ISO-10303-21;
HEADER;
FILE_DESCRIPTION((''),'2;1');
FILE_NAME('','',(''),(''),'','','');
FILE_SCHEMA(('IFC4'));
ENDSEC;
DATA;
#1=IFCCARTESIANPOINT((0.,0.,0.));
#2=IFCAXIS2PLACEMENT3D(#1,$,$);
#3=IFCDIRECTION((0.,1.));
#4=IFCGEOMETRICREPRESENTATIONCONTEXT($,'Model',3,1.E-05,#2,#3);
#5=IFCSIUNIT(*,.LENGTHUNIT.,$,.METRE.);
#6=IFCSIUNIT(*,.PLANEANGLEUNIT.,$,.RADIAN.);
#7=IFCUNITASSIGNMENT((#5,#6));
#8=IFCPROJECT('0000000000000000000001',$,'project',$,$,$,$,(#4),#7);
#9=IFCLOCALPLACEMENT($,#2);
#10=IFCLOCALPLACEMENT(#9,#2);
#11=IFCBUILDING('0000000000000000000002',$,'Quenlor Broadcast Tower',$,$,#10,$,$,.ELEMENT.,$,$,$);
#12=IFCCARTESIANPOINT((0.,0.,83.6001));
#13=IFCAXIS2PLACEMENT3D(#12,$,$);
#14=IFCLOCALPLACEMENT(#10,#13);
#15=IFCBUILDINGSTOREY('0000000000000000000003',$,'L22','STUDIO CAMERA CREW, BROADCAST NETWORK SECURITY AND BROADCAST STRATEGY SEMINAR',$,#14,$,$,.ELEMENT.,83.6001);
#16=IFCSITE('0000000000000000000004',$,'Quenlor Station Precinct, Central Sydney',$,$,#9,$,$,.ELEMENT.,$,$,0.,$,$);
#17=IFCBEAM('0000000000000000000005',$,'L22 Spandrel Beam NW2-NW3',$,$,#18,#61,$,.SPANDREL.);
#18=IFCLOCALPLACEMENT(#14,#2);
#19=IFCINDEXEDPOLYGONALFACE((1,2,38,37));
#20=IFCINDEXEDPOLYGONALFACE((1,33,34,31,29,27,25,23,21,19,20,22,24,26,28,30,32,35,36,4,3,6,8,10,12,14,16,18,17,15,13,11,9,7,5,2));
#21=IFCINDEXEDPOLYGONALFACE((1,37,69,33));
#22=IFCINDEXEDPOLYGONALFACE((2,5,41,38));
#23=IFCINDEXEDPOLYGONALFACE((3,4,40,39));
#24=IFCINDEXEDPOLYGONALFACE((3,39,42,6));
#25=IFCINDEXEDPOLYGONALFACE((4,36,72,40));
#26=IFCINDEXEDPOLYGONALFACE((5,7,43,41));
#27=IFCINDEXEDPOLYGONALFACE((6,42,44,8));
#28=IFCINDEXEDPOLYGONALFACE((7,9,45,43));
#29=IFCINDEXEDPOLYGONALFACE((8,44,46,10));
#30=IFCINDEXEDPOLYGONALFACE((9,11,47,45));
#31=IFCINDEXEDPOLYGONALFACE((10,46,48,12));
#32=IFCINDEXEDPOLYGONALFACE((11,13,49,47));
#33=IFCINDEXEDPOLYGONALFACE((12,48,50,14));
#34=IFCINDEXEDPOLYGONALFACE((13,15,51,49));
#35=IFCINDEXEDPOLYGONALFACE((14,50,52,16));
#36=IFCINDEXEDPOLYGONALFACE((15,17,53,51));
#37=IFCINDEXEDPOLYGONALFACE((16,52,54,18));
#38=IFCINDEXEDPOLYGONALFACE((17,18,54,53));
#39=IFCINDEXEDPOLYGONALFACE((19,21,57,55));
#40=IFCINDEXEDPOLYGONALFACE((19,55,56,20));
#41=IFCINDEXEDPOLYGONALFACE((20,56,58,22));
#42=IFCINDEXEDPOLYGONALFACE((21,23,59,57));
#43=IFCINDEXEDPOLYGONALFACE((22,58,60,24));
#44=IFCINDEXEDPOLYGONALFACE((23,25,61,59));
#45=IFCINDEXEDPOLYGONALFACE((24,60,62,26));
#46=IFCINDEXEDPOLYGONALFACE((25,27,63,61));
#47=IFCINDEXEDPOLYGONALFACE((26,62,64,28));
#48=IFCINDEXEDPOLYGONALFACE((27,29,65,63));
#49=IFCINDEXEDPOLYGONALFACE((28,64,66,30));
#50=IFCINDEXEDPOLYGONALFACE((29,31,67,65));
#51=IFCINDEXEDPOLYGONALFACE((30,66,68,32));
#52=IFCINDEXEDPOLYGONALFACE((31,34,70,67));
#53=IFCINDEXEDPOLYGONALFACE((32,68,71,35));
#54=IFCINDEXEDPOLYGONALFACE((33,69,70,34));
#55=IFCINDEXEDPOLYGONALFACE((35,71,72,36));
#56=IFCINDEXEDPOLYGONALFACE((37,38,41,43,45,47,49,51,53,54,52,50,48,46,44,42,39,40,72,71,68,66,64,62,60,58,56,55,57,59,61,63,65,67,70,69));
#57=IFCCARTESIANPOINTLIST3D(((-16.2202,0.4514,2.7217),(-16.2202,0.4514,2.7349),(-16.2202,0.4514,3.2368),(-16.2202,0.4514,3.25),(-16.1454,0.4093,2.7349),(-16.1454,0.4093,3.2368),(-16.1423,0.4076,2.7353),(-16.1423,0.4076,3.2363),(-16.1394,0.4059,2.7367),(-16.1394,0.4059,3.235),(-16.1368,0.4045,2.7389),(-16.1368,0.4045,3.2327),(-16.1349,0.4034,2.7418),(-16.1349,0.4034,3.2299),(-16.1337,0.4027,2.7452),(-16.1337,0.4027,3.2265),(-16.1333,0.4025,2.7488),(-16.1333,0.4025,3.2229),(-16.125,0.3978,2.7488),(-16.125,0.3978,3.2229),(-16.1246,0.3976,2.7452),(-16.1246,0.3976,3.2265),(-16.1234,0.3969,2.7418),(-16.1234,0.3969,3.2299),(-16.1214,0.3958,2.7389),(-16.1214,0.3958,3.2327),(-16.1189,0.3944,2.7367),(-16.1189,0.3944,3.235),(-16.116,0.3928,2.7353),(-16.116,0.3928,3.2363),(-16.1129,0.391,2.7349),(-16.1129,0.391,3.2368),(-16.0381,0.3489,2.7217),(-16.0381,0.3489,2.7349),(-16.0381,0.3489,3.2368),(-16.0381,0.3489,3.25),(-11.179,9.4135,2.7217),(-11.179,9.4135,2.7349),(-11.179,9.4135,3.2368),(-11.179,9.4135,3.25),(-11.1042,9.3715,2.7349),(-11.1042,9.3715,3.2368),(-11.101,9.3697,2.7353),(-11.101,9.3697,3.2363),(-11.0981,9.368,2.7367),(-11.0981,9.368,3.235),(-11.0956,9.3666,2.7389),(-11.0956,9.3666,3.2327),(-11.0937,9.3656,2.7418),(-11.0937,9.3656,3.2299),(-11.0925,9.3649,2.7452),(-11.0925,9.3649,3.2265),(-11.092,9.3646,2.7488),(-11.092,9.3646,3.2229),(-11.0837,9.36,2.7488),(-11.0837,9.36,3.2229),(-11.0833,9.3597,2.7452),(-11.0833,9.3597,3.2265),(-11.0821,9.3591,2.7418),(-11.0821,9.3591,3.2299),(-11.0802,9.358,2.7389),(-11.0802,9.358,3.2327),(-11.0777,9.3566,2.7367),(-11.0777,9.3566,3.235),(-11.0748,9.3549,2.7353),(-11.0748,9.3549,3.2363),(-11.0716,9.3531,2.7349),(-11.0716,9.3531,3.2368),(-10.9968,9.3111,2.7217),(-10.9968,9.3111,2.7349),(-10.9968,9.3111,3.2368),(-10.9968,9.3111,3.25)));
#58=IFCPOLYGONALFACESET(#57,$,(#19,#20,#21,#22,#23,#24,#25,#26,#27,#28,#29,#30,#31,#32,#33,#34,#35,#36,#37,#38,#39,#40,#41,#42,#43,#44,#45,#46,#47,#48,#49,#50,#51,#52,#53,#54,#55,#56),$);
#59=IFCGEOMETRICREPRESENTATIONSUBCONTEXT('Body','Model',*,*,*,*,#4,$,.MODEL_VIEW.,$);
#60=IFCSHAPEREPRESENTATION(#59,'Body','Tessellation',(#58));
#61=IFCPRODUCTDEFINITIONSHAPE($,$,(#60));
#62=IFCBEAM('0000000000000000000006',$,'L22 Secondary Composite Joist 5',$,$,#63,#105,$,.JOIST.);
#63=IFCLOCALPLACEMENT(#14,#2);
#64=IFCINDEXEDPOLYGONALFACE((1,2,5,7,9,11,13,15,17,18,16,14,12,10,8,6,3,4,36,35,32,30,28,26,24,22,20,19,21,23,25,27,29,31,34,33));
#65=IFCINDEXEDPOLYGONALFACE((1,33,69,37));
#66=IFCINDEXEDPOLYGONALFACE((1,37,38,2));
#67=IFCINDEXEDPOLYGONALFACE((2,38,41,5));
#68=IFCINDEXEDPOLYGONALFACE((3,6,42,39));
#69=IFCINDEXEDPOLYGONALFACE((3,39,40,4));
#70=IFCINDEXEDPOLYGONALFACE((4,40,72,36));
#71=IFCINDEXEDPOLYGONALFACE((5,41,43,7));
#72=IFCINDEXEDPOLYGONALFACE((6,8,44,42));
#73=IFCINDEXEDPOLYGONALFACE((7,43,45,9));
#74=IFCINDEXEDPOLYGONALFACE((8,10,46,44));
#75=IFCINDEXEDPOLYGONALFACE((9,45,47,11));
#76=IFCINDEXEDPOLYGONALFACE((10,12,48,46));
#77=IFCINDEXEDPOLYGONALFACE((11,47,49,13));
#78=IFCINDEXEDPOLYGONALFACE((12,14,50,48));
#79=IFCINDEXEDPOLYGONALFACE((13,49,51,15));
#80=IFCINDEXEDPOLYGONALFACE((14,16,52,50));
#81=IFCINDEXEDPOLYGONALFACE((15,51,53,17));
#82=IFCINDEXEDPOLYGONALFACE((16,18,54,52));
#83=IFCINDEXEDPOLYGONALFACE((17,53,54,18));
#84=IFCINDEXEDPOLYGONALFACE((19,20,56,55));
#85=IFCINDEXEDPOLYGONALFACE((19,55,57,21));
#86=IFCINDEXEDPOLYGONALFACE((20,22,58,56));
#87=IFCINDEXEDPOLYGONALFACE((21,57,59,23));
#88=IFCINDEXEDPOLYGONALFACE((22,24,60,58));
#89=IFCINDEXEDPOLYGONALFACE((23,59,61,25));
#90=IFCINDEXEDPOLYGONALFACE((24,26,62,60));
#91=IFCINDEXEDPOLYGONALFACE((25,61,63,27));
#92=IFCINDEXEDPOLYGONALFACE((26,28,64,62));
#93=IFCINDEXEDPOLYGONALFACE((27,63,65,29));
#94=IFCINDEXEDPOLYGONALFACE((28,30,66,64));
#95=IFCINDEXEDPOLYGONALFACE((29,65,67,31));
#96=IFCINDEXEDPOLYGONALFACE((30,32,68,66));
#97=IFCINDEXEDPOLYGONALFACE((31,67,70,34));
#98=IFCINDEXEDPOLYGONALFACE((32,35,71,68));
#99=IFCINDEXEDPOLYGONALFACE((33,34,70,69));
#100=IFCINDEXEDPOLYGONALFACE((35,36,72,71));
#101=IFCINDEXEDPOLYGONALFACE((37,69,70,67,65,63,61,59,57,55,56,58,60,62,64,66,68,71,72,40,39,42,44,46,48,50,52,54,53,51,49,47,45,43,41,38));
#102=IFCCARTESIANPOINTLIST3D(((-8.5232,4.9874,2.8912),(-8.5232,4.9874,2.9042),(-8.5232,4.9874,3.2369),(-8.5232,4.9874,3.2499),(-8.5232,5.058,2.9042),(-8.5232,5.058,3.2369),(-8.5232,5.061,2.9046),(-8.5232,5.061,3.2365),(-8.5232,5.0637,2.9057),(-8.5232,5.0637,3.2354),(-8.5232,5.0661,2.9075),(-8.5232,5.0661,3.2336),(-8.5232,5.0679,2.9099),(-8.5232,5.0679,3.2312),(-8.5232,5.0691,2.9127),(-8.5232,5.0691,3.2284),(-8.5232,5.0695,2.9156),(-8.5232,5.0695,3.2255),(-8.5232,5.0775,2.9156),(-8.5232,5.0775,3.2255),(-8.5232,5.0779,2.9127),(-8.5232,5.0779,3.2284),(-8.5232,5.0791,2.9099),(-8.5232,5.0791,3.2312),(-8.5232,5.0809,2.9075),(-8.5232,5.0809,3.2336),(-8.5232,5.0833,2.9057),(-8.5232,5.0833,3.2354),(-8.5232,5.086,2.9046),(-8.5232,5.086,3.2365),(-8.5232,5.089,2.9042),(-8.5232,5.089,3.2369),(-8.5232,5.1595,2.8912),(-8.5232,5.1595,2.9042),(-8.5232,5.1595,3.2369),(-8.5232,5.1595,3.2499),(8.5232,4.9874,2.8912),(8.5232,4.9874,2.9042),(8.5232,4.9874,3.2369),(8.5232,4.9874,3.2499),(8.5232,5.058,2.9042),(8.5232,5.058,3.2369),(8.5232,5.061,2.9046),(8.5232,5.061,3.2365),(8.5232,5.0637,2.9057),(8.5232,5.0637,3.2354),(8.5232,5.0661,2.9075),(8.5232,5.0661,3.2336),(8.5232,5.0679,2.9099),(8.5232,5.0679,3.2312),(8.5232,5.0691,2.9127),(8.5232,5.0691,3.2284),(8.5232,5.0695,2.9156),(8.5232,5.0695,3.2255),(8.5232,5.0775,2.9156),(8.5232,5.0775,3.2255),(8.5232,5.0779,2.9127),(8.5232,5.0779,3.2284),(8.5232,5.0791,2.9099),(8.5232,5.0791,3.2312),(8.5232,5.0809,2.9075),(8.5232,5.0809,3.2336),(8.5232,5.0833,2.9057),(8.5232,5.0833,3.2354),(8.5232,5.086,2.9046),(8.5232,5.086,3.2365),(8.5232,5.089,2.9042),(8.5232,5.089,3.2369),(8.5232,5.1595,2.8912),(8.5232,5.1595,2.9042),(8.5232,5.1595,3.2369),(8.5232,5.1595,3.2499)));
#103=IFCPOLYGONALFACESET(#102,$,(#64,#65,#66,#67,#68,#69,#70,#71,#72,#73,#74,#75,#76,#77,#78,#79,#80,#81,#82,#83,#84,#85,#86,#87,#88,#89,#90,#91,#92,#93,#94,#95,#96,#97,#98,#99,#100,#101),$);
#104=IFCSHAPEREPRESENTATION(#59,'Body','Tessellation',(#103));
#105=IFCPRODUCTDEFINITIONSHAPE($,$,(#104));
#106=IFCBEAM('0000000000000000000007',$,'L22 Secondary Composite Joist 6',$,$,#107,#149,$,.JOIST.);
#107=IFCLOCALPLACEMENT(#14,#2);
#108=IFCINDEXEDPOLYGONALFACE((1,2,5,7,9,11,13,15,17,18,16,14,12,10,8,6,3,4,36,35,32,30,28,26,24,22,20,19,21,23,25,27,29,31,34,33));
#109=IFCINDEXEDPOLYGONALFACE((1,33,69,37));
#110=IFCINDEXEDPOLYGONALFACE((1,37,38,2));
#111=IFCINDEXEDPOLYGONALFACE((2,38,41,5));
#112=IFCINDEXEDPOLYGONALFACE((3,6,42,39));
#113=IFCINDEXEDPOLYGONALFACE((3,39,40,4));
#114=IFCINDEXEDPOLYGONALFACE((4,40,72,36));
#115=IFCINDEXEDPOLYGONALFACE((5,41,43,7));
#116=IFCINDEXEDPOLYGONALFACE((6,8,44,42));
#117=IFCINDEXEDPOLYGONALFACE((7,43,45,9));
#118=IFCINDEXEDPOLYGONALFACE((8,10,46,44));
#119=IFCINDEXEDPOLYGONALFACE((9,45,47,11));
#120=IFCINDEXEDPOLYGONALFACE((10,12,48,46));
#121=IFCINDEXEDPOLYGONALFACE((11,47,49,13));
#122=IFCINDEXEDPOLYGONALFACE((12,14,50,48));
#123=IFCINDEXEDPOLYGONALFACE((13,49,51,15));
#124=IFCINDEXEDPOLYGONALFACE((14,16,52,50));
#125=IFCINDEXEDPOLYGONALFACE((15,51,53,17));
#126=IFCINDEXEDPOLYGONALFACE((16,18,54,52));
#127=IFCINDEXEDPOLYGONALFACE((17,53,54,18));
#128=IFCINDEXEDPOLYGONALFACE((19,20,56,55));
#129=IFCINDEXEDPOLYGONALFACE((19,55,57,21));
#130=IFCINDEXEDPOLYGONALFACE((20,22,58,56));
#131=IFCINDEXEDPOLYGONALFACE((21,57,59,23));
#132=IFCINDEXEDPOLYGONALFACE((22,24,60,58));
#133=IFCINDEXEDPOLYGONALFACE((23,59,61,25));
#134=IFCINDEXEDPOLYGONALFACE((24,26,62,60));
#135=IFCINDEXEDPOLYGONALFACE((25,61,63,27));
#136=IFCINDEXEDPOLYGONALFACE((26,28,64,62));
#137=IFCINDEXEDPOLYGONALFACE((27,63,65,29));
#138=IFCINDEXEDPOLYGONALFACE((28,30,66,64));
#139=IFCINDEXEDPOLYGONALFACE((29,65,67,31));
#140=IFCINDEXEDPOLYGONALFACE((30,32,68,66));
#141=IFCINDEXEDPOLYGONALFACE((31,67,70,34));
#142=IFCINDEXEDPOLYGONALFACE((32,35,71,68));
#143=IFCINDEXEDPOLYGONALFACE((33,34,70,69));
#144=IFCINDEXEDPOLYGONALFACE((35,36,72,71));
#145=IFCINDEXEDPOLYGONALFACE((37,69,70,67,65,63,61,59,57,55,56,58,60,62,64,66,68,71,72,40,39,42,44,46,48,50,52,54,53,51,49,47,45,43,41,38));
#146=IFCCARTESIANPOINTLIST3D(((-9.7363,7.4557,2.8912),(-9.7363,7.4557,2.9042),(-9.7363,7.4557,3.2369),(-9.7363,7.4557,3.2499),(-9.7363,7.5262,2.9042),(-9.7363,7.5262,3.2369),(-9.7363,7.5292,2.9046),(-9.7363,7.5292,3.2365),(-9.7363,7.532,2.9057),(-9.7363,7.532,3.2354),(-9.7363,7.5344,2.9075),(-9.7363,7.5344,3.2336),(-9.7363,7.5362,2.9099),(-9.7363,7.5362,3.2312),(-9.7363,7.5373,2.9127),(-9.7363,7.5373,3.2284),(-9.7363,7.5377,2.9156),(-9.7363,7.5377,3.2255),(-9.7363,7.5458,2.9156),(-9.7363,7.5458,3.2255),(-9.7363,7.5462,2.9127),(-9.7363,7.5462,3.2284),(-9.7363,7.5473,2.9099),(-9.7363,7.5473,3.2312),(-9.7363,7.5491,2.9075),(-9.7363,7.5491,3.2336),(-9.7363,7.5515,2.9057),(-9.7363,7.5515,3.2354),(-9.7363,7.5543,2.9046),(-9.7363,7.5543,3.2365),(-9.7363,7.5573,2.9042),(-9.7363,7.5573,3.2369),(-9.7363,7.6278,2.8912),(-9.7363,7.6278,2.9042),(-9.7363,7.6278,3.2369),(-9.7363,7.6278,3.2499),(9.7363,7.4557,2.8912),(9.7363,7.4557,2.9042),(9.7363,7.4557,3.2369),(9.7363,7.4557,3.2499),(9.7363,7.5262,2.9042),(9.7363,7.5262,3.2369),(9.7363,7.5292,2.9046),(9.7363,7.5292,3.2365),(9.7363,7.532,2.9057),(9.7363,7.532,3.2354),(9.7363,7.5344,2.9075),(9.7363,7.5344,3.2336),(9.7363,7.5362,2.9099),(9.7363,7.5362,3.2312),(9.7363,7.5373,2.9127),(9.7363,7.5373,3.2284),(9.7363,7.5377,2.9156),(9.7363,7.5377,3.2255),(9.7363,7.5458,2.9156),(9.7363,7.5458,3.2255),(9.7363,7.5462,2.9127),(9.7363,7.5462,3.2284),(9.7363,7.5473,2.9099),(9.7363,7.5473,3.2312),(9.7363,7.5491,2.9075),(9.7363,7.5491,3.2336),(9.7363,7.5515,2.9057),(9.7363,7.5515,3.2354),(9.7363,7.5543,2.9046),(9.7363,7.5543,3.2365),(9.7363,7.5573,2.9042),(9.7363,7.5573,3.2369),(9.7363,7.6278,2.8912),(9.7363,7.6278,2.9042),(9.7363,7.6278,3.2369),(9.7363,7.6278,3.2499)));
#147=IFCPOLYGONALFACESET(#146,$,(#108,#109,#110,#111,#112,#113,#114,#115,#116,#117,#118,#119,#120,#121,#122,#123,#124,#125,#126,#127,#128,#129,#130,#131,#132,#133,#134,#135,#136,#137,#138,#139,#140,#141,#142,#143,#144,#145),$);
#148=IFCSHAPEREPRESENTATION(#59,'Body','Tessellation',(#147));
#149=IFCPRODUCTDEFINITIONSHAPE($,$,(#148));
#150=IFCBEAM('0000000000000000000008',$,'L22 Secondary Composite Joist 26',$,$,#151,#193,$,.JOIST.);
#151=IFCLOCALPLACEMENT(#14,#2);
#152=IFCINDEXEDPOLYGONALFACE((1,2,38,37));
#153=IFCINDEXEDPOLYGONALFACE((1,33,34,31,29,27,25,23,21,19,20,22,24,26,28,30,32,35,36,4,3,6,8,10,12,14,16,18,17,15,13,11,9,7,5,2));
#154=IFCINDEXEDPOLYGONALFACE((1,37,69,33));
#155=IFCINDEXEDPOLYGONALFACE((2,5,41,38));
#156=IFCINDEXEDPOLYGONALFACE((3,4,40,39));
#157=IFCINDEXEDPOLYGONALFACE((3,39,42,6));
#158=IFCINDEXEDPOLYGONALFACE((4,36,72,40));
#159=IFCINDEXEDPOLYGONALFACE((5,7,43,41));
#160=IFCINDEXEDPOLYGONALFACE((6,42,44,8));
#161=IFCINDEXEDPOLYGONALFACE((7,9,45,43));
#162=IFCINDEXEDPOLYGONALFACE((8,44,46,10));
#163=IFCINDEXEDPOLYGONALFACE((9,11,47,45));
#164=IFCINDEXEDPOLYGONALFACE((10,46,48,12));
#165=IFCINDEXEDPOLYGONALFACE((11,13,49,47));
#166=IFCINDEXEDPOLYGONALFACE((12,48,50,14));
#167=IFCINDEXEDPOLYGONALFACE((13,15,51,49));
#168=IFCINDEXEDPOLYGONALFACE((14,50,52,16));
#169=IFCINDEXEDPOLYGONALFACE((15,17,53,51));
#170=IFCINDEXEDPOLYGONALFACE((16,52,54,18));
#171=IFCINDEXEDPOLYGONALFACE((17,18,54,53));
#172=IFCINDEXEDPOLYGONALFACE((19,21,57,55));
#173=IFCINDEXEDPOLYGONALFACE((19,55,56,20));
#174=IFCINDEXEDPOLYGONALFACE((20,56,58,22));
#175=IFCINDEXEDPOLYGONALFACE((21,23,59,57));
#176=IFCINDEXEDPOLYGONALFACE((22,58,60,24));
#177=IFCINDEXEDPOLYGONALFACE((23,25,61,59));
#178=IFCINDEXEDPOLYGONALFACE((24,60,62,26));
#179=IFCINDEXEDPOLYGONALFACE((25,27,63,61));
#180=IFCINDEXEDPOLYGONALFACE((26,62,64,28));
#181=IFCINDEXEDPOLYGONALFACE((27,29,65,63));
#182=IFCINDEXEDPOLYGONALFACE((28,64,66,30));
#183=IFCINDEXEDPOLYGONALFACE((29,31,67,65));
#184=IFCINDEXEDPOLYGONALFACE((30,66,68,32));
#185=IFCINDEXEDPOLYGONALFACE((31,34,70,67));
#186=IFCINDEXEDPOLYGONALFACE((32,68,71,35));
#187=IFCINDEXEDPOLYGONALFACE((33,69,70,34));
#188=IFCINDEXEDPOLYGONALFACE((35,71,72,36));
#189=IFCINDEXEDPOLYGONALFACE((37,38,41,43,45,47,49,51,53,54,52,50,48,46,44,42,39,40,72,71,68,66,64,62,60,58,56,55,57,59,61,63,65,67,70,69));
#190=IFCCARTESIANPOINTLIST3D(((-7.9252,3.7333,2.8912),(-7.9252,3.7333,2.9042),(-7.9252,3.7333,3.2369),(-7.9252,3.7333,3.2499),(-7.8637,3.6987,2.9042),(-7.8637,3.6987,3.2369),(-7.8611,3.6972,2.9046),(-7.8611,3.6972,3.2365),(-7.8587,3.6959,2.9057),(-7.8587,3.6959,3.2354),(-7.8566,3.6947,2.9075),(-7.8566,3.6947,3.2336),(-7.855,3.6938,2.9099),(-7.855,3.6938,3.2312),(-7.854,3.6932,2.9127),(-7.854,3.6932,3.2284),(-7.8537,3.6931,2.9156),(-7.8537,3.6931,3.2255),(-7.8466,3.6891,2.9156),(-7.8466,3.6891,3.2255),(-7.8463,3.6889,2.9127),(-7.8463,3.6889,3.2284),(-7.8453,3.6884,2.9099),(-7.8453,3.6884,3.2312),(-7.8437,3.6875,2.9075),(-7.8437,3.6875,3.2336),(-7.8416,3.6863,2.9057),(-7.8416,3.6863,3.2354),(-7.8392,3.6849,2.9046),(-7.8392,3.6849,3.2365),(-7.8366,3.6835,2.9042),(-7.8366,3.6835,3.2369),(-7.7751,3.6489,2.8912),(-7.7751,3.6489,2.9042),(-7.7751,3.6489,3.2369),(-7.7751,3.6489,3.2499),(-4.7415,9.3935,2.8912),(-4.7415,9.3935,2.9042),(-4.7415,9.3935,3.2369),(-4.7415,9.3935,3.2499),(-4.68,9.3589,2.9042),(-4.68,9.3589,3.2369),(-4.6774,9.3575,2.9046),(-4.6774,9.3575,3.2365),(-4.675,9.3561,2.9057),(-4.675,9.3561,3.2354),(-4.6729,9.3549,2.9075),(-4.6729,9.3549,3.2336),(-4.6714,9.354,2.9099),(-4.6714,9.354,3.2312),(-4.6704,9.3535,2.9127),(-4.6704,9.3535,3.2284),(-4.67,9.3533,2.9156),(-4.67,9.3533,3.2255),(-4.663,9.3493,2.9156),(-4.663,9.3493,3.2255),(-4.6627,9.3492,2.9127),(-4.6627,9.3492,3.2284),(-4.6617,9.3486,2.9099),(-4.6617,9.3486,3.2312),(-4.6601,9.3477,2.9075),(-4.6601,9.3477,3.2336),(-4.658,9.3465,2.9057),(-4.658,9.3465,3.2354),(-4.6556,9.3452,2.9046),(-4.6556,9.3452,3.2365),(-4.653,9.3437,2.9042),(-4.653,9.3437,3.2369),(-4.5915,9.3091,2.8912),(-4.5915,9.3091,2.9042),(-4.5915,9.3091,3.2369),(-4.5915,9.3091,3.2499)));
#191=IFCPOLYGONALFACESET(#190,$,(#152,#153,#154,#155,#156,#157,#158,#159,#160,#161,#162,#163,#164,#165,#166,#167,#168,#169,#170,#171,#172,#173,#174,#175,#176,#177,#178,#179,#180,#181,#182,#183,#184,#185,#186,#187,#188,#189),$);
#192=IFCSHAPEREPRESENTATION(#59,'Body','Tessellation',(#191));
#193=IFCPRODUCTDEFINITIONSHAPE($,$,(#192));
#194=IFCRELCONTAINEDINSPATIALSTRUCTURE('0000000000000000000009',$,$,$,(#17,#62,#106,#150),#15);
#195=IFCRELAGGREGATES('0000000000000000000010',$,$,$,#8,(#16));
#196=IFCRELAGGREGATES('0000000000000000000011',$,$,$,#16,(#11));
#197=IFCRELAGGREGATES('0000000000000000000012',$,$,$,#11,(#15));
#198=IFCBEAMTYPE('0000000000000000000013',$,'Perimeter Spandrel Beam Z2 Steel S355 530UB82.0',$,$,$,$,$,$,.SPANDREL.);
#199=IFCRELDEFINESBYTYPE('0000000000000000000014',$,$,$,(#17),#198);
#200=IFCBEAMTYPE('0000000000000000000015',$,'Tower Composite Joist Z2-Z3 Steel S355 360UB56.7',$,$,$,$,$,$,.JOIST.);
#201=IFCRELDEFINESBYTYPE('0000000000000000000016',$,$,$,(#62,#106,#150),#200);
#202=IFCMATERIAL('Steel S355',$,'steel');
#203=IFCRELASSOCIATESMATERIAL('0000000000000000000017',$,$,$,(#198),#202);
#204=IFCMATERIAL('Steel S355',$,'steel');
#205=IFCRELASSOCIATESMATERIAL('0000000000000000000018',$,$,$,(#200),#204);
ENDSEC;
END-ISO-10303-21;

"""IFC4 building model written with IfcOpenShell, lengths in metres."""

from ifc_helpers import new_model, si_unit, direction, frame, origin, origin_2d, place, context, subcontext, project, spatial, i_section, extrude, material, material_profile, profile_set, type_object, element, save


model = new_model("IFC4")

# Units and contexts
model_context = context("Model", 3, precision=1e-05, world=origin(), true_north=direction((0.0, 1.0)))
body_context = subcontext(model_context, "Body", "Model", "MODEL_VIEW")
ifc_project = project(units=[si_unit("LENGTHUNIT", "METRE"), si_unit("PLANEANGLEUNIT", "RADIAN")], contexts=[model_context])

# Site, building, storey
site_placement = place(None, origin())
site = spatial("IfcSite", under=ifc_project, at=site_placement, Name="Quenlor Station Precinct, Central Sydney", CompositionType="ELEMENT", RefElevation=0.0)
building_placement = place(site_placement, origin())
building = spatial("IfcBuilding", under=site, at=building_placement, Name="Quenlor Broadcast Tower", CompositionType="ELEMENT")
storey_placement = place(building_placement, frame((0.0, 0.0, 83.6001)))
storey = spatial("IfcBuildingStorey", under=building, at=storey_placement, Name="L22", Description="STUDIO CAMERA CREW, BROADCAST NETWORK SECURITY AND BROADCAST STRATEGY SEMINAR", CompositionType="ELEMENT", Elevation=83.6001)

# Beams
ifc_material_1 = material(Name="Steel S355", Category="steel")
ifc_material_profile_1 = material_profile(ifc_material_1, i_section(OverallWidth=0.209, OverallDepth=0.5283, WebThickness=0.0095, FlangeThickness=0.0132, FilletRadius=0.0139, at=origin_2d()))
ifc_profile_set_1 = profile_set([ifc_material_profile_1], Name="Steel S355 530UB82.0")
beam_type_1 = type_object("IfcBeamType", Name="Perimeter Spandrel Beam Z2 Steel S355 530UB82.0", PredefinedType="SPANDREL", material=ifc_profile_set_1)
beam_1_placement = place(storey_placement, frame((-11.0879, 9.3623, 2.9858), z_axis=(-0.490265, -0.871574, 0.0), x_axis=(0.871574, -0.490265, 0.0)))
element("IfcBeam", 1, at=beam_1_placement, inside=storey, type_object=beam_type_1, Name="L22 Spandrel Beam NW2-NW3", PredefinedType="SPANDREL", context=body_context, shape_type="SweptSolid", body=[
    extrude(i_section(OverallWidth=0.209, OverallDepth=0.5283, WebThickness=0.0095, FlangeThickness=0.0132, FilletRadius=0.0139, at=origin_2d()), origin(), (0.0, 0.0, 1.0), 10.2827),
])
ifc_material_2 = material(Name="Steel S355", Category="steel")
ifc_material_profile_2 = material_profile(ifc_material_2, i_section(OverallWidth=0.1721, OverallDepth=0.3586, WebThickness=0.0081, FlangeThickness=0.0129, FilletRadius=0.0115, at=origin_2d()))
ifc_profile_set_2 = profile_set([ifc_material_profile_2], Name="Steel S355 360UB56.7")
beam_type_2 = type_object("IfcBeamType", Name="Tower Composite Joist Z2-Z3 Steel S355 360UB56.7", PredefinedType="JOIST", material=ifc_profile_set_2)
beam_2_placement = place(storey_placement, frame((-8.5232, 5.0735, 3.0706), z_axis=(1.0, 0.0, 0.0), x_axis=(0.0, 1.0, 0.0)))
element("IfcBeam", 2, at=beam_2_placement, inside=storey, type_object=beam_type_2, Name="L22 Secondary Composite Joist 5", PredefinedType="JOIST", context=body_context, shape_type="SweptSolid", body=[
    extrude(i_section(OverallWidth=0.1721, OverallDepth=0.3586, WebThickness=0.0081, FlangeThickness=0.0129, FilletRadius=0.0115, at=origin_2d()), origin(), (0.0, 0.0, 1.0), 17.0464),
])
beam_3_placement = place(storey_placement, frame((-9.7363, 7.5417, 3.0706), z_axis=(1.0, 0.0, 0.0), x_axis=(0.0, 1.0, 0.0)))
element("IfcBeam", 3, at=beam_3_placement, inside=storey, type_object=beam_type_2, Name="L22 Secondary Composite Joist 6", PredefinedType="JOIST", context=body_context, shape_type="SweptSolid", body=[
    extrude(i_section(OverallWidth=0.1721, OverallDepth=0.3586, WebThickness=0.0081, FlangeThickness=0.0129, FilletRadius=0.0115, at=origin_2d()), origin(), (0.0, 0.0, 1.0), 19.4727),
])
beam_4_placement = place(storey_placement, frame((-4.6665, 9.3513, 3.0706), z_axis=(-0.490233, -0.871592, 0.0), x_axis=(0.871592, -0.490233, 0.0)))
element("IfcBeam", 4, at=beam_4_placement, inside=storey, type_object=beam_type_2, Name="L22 Secondary Composite Joist 26", PredefinedType="JOIST", context=body_context, shape_type="SweptSolid", body=[
    extrude(i_section(OverallWidth=0.1721, OverallDepth=0.3586, WebThickness=0.0081, FlangeThickness=0.0129, FilletRadius=0.0115, at=origin_2d()), origin(), (0.0, 0.0, 1.0), 6.4941),
])

save(model, "model.ifc")
